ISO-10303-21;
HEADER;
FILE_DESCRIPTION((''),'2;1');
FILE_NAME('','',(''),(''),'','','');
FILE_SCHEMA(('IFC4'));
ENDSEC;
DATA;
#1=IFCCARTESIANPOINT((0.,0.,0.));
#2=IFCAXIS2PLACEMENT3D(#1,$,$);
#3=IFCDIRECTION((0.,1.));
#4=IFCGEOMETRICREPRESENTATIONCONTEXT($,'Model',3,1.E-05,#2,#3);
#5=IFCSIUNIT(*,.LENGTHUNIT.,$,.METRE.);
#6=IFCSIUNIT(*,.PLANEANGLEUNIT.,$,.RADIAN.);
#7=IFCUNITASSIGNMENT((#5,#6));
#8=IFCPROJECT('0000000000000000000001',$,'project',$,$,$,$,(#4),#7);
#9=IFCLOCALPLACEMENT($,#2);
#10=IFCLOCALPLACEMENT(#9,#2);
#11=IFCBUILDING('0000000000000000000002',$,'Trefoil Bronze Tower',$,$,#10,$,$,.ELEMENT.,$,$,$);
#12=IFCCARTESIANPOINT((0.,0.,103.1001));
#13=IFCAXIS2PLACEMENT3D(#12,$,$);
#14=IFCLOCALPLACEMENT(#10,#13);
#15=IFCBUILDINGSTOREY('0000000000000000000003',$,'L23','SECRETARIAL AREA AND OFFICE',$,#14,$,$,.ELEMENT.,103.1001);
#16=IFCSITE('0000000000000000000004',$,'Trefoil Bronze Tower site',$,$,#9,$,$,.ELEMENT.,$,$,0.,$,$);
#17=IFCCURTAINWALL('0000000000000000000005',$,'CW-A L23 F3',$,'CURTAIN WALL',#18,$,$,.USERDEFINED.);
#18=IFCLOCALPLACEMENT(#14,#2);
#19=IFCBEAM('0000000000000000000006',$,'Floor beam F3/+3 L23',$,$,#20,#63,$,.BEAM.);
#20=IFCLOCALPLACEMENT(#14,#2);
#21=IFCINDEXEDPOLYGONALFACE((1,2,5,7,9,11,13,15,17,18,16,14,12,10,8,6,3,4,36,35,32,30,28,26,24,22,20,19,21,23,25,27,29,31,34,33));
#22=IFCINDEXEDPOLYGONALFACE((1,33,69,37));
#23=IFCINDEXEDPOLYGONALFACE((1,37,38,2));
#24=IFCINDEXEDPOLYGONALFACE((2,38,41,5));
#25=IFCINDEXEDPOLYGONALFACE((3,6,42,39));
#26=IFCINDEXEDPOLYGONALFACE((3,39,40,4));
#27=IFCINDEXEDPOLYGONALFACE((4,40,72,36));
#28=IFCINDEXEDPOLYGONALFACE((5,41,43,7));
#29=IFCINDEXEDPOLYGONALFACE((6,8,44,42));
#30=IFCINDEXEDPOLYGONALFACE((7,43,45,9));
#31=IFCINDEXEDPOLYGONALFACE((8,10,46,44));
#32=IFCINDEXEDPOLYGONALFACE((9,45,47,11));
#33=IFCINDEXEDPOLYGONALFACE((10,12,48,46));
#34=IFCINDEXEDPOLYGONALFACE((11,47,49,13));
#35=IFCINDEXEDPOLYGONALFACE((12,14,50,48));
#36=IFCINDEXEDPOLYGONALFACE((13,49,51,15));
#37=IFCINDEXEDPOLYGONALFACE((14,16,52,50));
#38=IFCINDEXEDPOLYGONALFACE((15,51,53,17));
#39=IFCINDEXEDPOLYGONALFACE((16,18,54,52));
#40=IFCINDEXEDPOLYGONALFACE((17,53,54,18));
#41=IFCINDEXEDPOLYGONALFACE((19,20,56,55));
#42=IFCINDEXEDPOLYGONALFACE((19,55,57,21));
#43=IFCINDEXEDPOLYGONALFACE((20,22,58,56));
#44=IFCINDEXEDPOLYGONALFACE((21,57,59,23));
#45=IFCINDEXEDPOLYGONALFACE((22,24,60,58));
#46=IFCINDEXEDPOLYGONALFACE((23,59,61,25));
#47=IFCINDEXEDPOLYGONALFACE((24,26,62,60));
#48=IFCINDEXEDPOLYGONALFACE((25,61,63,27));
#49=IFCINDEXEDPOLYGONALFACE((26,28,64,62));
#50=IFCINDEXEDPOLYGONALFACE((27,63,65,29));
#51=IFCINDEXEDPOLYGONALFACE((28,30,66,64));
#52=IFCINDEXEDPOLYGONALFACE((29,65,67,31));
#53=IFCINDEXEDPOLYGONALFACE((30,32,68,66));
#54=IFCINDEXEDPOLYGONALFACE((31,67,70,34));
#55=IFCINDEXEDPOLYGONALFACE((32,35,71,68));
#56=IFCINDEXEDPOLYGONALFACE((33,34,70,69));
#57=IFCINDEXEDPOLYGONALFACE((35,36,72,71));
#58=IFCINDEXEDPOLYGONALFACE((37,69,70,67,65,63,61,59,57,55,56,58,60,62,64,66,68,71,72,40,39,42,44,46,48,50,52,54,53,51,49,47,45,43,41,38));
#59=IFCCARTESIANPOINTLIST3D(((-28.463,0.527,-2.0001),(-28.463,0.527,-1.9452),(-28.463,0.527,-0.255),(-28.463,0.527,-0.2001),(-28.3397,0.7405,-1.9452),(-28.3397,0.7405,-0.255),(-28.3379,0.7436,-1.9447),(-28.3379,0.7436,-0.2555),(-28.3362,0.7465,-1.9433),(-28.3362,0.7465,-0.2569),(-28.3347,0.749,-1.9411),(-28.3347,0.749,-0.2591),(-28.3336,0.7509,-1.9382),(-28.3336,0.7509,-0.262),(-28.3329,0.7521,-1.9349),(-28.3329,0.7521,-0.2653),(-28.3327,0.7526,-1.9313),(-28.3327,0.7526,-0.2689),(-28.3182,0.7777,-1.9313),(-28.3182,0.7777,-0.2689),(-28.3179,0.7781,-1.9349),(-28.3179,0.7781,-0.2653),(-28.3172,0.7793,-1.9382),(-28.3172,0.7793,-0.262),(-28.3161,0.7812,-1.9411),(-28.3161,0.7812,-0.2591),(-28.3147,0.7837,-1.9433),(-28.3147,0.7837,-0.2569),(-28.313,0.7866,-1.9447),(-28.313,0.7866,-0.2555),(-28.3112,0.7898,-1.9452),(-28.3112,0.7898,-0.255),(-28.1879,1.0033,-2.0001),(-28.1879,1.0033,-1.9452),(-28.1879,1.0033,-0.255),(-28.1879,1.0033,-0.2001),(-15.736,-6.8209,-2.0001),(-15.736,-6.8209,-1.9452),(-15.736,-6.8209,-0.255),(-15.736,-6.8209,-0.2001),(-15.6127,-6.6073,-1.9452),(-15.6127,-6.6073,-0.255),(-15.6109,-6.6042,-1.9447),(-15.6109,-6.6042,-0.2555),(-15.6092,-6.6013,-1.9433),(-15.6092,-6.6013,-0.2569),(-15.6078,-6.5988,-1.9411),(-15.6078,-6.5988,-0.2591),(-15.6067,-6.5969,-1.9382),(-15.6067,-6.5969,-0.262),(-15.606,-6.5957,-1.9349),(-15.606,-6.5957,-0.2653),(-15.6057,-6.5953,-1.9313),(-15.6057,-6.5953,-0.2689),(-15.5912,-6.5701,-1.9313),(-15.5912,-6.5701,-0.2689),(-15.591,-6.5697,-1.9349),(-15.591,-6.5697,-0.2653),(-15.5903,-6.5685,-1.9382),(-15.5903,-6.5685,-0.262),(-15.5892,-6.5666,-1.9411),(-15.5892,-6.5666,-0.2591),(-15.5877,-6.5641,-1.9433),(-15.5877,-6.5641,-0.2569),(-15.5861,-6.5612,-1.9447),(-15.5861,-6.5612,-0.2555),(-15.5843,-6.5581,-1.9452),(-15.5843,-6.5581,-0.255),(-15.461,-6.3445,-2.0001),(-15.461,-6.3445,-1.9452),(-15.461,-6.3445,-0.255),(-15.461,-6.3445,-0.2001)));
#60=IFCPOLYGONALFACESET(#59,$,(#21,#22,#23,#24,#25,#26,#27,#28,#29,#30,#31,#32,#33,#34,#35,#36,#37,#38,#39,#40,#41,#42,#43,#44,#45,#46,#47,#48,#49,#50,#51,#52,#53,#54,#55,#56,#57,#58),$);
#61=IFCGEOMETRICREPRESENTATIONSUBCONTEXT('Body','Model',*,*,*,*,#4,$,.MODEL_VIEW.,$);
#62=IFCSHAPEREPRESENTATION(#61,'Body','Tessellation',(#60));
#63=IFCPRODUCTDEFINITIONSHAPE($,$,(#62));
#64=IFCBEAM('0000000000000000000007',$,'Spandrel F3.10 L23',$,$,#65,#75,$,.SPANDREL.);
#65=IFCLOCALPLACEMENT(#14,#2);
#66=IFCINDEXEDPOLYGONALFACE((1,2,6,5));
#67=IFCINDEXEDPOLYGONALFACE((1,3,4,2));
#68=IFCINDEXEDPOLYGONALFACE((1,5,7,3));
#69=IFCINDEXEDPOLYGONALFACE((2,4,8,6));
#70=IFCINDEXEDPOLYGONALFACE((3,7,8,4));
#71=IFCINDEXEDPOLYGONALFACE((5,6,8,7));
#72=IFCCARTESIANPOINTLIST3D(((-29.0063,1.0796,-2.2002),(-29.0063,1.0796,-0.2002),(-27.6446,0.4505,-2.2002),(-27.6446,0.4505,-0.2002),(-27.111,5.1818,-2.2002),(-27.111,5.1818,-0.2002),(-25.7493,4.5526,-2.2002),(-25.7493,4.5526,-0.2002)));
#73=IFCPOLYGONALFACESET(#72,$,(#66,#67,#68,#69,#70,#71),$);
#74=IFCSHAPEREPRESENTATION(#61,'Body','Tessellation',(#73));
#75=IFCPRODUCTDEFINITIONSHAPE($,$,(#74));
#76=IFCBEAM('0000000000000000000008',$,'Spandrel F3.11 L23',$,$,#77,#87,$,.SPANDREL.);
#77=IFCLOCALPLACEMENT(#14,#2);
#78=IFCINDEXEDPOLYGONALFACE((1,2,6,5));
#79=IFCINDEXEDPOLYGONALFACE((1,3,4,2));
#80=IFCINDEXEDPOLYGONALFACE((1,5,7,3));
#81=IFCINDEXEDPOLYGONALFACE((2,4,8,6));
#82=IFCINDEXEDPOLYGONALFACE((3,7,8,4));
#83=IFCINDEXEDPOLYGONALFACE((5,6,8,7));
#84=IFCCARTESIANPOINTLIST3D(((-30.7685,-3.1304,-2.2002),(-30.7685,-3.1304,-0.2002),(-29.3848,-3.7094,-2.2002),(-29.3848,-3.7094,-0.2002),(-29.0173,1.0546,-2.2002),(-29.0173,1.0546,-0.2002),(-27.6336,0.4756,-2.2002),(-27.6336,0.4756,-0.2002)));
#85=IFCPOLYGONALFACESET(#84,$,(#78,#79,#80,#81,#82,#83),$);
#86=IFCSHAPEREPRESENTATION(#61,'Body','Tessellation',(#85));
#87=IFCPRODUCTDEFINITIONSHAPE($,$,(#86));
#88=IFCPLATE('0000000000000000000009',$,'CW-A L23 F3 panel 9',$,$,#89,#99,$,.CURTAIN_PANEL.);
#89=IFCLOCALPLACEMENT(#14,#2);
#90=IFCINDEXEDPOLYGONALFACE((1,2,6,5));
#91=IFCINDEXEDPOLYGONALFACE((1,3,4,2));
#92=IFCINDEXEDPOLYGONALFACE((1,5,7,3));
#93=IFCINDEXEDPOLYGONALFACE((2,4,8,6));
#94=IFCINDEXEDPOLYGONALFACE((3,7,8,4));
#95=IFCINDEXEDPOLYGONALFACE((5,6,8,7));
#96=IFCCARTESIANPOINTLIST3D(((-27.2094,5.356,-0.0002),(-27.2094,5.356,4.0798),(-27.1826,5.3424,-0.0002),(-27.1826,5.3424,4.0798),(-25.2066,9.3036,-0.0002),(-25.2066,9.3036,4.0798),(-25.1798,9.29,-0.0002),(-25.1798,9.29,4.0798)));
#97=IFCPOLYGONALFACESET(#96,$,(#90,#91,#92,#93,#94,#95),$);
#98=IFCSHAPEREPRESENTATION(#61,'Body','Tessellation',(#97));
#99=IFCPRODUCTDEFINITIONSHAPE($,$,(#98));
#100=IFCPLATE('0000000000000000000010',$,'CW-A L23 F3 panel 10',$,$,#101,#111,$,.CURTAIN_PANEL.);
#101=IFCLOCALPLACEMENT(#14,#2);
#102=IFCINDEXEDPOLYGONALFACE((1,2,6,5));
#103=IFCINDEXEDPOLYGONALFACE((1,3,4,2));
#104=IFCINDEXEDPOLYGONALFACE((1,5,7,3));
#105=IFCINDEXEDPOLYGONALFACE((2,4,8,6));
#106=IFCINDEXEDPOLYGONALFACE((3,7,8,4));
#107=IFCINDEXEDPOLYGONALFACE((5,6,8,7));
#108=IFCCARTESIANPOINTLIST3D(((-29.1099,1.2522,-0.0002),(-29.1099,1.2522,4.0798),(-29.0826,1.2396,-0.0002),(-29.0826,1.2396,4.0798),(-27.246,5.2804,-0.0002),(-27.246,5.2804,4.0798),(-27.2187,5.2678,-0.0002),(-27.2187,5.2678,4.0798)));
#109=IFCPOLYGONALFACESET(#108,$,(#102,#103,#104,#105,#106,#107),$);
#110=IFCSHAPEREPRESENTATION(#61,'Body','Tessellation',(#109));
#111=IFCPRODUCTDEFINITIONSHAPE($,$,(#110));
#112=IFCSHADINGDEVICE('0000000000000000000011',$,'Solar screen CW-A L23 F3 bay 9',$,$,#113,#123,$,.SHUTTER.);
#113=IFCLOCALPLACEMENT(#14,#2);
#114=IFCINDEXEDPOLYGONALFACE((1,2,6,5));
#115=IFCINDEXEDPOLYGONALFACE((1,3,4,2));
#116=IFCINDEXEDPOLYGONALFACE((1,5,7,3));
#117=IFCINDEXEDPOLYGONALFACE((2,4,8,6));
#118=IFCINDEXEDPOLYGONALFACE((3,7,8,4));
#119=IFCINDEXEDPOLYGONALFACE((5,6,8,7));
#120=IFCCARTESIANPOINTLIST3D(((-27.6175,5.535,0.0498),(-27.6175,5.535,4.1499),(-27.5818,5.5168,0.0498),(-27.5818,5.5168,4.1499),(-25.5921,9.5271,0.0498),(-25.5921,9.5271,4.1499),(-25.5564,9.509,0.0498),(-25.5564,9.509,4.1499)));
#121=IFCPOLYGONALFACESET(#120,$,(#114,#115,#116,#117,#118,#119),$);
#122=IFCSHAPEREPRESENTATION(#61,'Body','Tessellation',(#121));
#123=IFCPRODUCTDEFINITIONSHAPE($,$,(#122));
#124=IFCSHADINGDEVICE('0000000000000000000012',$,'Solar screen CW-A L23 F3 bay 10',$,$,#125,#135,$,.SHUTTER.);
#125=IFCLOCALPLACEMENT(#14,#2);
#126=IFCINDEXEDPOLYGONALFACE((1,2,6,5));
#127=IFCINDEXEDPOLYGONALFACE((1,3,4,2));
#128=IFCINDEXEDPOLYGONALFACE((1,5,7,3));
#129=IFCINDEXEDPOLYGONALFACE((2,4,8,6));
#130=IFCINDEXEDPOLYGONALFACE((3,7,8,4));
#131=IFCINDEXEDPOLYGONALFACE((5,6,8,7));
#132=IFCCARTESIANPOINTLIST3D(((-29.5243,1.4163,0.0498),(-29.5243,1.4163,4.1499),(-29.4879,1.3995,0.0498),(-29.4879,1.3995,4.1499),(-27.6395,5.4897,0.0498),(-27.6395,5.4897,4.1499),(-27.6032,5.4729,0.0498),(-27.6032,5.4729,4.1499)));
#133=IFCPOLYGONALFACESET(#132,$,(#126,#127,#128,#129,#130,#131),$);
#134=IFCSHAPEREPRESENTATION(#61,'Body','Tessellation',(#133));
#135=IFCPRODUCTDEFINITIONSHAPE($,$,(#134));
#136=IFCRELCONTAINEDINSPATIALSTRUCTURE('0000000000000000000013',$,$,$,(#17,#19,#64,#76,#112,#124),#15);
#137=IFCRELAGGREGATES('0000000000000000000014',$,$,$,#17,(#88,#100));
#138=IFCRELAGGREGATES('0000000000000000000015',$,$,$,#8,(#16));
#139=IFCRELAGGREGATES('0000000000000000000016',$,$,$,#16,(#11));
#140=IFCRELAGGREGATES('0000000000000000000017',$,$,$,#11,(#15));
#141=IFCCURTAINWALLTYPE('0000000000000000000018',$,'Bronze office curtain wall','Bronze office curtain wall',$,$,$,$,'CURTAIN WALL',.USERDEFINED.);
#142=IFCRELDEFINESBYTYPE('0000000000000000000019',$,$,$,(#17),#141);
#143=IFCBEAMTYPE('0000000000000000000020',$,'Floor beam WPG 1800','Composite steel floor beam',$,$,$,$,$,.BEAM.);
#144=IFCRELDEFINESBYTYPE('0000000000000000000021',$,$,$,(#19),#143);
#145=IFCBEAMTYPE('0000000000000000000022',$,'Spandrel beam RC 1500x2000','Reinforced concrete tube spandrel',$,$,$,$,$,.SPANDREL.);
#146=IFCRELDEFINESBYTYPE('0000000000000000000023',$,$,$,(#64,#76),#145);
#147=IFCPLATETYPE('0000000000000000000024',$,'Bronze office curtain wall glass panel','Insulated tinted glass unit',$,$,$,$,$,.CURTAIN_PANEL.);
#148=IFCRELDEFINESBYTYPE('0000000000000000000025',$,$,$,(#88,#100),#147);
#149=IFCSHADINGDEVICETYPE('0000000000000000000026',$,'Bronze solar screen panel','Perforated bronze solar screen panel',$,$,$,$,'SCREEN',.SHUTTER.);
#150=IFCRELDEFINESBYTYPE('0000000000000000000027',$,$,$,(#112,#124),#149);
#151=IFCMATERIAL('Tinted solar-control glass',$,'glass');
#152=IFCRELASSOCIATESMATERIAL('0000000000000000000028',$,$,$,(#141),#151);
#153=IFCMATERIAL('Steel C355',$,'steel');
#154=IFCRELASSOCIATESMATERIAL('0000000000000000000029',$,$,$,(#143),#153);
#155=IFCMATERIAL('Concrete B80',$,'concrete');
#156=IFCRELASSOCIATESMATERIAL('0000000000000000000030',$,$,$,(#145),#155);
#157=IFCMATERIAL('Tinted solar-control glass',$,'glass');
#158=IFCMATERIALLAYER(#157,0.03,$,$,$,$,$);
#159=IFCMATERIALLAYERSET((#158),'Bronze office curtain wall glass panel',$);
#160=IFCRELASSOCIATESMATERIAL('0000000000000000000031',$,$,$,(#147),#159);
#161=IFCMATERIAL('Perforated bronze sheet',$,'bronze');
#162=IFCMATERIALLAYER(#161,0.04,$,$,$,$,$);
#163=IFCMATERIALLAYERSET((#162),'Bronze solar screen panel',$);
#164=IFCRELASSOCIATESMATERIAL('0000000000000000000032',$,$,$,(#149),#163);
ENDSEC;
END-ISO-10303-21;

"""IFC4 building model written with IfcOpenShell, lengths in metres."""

from ifc_helpers import new_model, si_unit, direction, frame, origin, origin_2d, place, context, subcontext, project, spatial, rectangle, i_section, extrude, material, layer, layer_set, material_profile, profile_set, type_object, element, aggregate, save


model = new_model("IFC4")

# Units and contexts
model_context = context("Model", 3, precision=1e-05, world=origin(), true_north=direction((0.0, 1.0)))
body_context = subcontext(model_context, "Body", "Model", "MODEL_VIEW")
ifc_project = project(units=[si_unit("LENGTHUNIT", "METRE"), si_unit("PLANEANGLEUNIT", "RADIAN")], contexts=[model_context])

# Site, building, storey
site_placement = place(None, origin())
site = spatial("IfcSite", under=ifc_project, at=site_placement, Name="Trefoil Bronze Tower site", CompositionType="ELEMENT", RefElevation=0.0)
building_placement = place(site_placement, origin())
building = spatial("IfcBuilding", under=site, at=building_placement, Name="Trefoil Bronze Tower", CompositionType="ELEMENT")
storey_placement = place(building_placement, frame((0.0, 0.0, 103.1001)))
storey = spatial("IfcBuildingStorey", under=building, at=storey_placement, Name="L23", Description="SECRETARIAL AREA AND OFFICE", CompositionType="ELEMENT", Elevation=103.1001)

# Curtain wall
ifc_material_1 = material(Name="Tinted solar-control glass", Category="glass")
curtain_wall_type = type_object("IfcCurtainWallType", Name="Bronze office curtain wall", Description="Bronze office curtain wall", ElementType="CURTAIN WALL", PredefinedType="USERDEFINED", material=ifc_material_1)
curtain_wall_placement = place(storey_placement, origin())
curtain_wall = element("IfcCurtainWall", 1, at=curtain_wall_placement, inside=storey, type_object=curtain_wall_type, Name="CW-A L23 F3", ObjectType="CURTAIN WALL", PredefinedType="USERDEFINED")

# Beams
ifc_material_2 = material(Name="Steel C355", Category="steel")
ifc_material_profile_1 = material_profile(ifc_material_2, i_section(OverallWidth=0.55, OverallDepth=1.8, WebThickness=0.0291, FlangeThickness=0.0549, FilletRadius=0.0139, at=origin_2d()), Name="WPG 1800")
ifc_profile_set_1 = profile_set([ifc_material_profile_1], Name="Steel C355")
beam_type_1 = type_object("IfcBeamType", Name="Floor beam WPG 1800", Description="Composite steel floor beam", PredefinedType="BEAM", material=ifc_profile_set_1)
beam_1_placement = place(storey_placement, frame((-28.3254, 0.7651, -1.1001), z_axis=(0.866027, -0.499997, 0.0), x_axis=(0.499997, 0.866027, 0.0)))
element("IfcBeam", 2, at=beam_1_placement, inside=storey, type_object=beam_type_1, Name="Floor beam F3/+3 L23", PredefinedType="BEAM", context=body_context, shape_type="SweptSolid", body=[
    extrude(i_section(OverallWidth=0.55, OverallDepth=1.8, WebThickness=0.0291, FlangeThickness=0.0549, FilletRadius=0.0139, at=origin_2d()), origin(), (0.0, 0.0, 1.0), 14.6958),
])
ifc_material_3 = material(Name="Concrete B80", Category="concrete")
ifc_material_profile_2 = material_profile(ifc_material_3, rectangle(XDim=1.5, YDim=2.0, at=origin_2d()), Name="RC 1500x2000")
ifc_profile_set_2 = profile_set([ifc_material_profile_2], Name="Concrete B80")
beam_type_2 = type_object("IfcBeamType", Name="Spandrel beam RC 1500x2000", Description="Reinforced concrete tube spandrel", PredefinedType="SPANDREL", material=ifc_profile_set_2)
beam_2_placement = place(storey_placement, frame((-26.4302, 4.8672, -1.2002), z_axis=(-0.419425, -0.90779, 0.0), x_axis=(0.90779, -0.419425, 0.0)))
element("IfcBeam", 3, at=beam_2_placement, inside=storey, type_object=beam_type_2, Name="Spandrel F3.10 L23", PredefinedType="SPANDREL", context=body_context, shape_type="SweptSolid", body=[
    extrude(rectangle(XDim=1.5, YDim=2.0, at=origin_2d()), origin(), (0.0, 0.0, 1.0), 4.5188),
])
beam_3_placement = place(storey_placement, frame((-28.3254, 0.7651, -1.2002), z_axis=(-0.386013, -0.922493, 0.0), x_axis=(0.922493, -0.386013, 0.0)))
element("IfcBeam", 4, at=beam_3_placement, inside=storey, type_object=beam_type_2, Name="Spandrel F3.11 L23", PredefinedType="SPANDREL", context=body_context, shape_type="SweptSolid", body=[
    extrude(rectangle(XDim=1.5, YDim=2.0, at=origin_2d()), origin(), (0.0, 0.0, 1.0), 4.5366),
])

# Plates
ifc_material_4 = material(Name="Tinted solar-control glass", Category="glass")
ifc_layer_1 = layer(ifc_material_4, 0.03)
ifc_layer_set_1 = layer_set([ifc_layer_1], Name="Bronze office curtain wall glass panel")
plate_type = type_object("IfcPlateType", Name="Bronze office curtain wall glass panel", Description="Insulated tinted glass unit", PredefinedType="CURTAIN_PANEL", material=ifc_layer_set_1)
plate_1_placement = place(storey_placement, frame((-26.1946, 7.323, -0.0002), z_axis=(0.0, 0.0, 1.0), x_axis=(-0.452449, -0.89179, 0.0)))
plate_1 = element("IfcPlate", 5, at=plate_1_placement, type_object=plate_type, Name="CW-A L23 F3 panel 9", PredefinedType="CURTAIN_PANEL", context=body_context, shape_type="SweptSolid", body=[
    extrude(rectangle(XDim=4.4265, YDim=0.03, at=origin_2d()), origin(), (0.0, 0.0, 1.0), 4.0801),
])
plate_2_placement = place(storey_placement, frame((-28.1643, 3.26, -0.0002), z_axis=(0.0, 0.0, 1.0), x_axis=(-0.419933, -0.907555, 0.0)))
plate_2 = element("IfcPlate", 6, at=plate_2_placement, type_object=plate_type, Name="CW-A L23 F3 panel 10", PredefinedType="CURTAIN_PANEL", context=body_context, shape_type="SweptSolid", body=[
    extrude(rectangle(XDim=4.4385, YDim=0.03, at=origin_2d()), origin(), (0.0, 0.0, 1.0), 4.0801),
])
aggregate(curtain_wall, [plate_1, plate_2])

# Shading devices
ifc_material_5 = material(Name="Perforated bronze sheet", Category="bronze")
ifc_layer_2 = layer(ifc_material_5, 0.04)
ifc_layer_set_2 = layer_set([ifc_layer_2], Name="Bronze solar screen panel")
shading_device_type = type_object("IfcShadingDeviceType", Name="Bronze solar screen panel", Description="Perforated bronze solar screen panel", ElementType="SCREEN", PredefinedType="SHUTTER", material=ifc_layer_set_2)
shading_device_1_placement = place(storey_placement, frame((-26.5869, 7.522, 0.0498), z_axis=(0.0, 0.0, 1.0), x_axis=(-0.452449, -0.89179, 0.0)))
element("IfcShadingDevice", 7, at=shading_device_1_placement, inside=storey, type_object=shading_device_type, Name="Solar screen CW-A L23 F3 bay 9", PredefinedType="SHUTTER", context=body_context, shape_type="SweptSolid", body=[
    extrude(rectangle(XDim=4.4766, YDim=0.04, at=origin_2d()), origin(), (0.0, 0.0, 1.0), 4.1001),
])
shading_device_2_placement = place(storey_placement, frame((-28.5637, 3.4446, 0.0498), z_axis=(0.0, 0.0, 1.0), x_axis=(-0.419933, -0.907555, 0.0)))
element("IfcShadingDevice", 8, at=shading_device_2_placement, inside=storey, type_object=shading_device_type, Name="Solar screen CW-A L23 F3 bay 10", PredefinedType="SHUTTER", context=body_context, shape_type="SweptSolid", body=[
    extrude(rectangle(XDim=4.4883, YDim=0.04, at=origin_2d()), origin(), (0.0, 0.0, 1.0), 4.1001),
])

save(model, "model.ifc")
